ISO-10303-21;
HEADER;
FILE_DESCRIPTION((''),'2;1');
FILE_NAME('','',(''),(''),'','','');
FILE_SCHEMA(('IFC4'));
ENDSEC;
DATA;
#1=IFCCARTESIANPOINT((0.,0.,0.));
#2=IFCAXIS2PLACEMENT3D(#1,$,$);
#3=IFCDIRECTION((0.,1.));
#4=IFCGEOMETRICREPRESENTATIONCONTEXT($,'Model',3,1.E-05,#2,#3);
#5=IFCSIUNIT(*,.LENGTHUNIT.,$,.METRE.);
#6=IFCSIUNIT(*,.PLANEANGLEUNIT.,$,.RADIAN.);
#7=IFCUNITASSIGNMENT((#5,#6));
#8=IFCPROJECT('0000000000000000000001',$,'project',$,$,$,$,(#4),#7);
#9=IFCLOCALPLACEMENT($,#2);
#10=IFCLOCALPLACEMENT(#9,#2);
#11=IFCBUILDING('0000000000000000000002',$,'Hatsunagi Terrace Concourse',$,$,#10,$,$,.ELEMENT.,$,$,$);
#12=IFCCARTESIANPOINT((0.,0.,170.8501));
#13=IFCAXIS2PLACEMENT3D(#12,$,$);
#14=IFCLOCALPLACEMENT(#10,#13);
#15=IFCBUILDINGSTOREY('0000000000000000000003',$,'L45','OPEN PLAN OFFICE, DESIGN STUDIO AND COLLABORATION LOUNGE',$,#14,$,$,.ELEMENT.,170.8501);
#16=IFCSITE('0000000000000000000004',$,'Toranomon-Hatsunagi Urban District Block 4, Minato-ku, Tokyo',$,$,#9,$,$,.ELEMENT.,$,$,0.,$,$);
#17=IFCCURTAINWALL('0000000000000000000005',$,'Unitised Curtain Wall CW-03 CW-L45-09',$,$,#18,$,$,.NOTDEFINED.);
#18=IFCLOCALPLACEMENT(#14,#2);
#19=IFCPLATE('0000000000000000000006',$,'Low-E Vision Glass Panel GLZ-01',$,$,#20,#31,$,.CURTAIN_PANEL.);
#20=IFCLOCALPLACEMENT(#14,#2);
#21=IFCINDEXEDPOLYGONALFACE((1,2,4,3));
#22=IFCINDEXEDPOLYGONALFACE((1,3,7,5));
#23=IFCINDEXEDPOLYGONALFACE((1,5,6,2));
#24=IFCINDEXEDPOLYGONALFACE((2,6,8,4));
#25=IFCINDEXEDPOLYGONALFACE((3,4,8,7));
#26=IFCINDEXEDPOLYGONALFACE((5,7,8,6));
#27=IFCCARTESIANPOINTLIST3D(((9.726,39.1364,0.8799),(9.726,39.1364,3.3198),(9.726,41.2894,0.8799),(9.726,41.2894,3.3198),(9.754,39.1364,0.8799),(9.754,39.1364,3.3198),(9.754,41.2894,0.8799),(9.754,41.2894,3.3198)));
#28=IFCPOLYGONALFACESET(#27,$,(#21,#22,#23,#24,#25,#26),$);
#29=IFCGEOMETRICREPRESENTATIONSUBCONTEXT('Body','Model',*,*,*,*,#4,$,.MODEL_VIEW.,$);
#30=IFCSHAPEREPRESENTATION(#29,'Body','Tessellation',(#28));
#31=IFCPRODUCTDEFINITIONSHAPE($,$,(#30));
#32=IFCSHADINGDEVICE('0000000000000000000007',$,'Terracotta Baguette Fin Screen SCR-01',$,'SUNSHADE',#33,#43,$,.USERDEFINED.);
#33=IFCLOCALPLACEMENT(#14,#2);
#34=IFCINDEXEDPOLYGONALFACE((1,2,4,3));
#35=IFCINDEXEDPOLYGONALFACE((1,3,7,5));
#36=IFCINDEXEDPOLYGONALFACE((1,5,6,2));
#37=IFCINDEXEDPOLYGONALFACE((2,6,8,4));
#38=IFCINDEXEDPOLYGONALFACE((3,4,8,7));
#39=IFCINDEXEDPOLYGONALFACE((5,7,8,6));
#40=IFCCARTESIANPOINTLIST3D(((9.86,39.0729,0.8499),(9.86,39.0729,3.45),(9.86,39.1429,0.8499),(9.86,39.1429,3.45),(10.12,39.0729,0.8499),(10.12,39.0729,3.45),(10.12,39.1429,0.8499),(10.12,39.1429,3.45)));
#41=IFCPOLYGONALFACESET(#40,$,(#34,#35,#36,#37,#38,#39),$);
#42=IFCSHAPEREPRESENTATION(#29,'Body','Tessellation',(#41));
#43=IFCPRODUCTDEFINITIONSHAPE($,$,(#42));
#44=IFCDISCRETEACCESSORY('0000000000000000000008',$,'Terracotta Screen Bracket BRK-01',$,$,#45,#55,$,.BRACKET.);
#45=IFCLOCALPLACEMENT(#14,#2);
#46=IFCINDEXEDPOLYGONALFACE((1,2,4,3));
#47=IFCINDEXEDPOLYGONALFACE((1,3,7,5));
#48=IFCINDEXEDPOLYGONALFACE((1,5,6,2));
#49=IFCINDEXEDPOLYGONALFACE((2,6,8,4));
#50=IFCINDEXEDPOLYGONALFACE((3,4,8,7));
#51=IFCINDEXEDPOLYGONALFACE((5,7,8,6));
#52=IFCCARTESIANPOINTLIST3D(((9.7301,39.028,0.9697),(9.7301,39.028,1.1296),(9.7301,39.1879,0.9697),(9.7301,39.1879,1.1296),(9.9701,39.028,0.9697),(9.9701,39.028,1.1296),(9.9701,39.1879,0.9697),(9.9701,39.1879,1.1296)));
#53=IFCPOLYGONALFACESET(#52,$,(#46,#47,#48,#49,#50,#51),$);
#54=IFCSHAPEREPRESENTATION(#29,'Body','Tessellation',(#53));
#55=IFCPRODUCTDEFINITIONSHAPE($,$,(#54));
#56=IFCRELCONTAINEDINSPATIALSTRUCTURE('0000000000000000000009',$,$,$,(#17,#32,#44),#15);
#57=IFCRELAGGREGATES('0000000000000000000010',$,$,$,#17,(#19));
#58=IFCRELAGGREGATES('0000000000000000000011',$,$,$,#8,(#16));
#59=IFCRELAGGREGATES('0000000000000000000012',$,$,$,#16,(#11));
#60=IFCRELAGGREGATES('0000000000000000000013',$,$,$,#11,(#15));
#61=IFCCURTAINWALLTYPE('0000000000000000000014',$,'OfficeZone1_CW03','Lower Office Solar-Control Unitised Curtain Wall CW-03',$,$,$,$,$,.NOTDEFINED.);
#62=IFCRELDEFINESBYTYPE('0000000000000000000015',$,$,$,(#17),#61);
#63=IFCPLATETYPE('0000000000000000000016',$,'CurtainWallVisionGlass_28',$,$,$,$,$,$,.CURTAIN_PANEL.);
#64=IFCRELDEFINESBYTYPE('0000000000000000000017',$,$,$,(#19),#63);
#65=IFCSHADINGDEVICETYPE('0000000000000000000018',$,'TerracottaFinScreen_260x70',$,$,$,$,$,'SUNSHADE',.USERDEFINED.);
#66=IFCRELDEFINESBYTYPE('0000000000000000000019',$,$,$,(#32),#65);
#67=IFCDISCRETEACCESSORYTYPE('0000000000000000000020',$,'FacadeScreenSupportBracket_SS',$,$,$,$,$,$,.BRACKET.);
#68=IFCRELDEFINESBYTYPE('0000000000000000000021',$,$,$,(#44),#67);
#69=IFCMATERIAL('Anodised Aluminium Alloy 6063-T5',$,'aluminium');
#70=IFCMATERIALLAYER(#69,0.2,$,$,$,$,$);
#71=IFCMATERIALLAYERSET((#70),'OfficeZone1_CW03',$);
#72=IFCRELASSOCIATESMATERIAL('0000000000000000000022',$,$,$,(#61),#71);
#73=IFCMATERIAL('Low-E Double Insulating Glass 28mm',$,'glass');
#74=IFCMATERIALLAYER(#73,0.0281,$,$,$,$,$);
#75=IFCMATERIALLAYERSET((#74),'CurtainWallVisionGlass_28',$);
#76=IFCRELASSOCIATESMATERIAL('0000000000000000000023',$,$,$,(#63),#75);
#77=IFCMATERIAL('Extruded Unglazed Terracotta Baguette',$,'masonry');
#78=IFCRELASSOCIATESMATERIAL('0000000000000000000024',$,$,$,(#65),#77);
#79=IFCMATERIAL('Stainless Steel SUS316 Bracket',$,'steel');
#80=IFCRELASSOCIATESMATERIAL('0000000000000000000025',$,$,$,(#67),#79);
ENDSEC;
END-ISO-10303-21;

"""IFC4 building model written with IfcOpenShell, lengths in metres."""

from ifc_helpers import new_model, si_unit, direction, frame, origin, origin_2d, place, context, subcontext, project, spatial, rectangle, extrude, material, layer, layer_set, type_object, element, aggregate, save


model = new_model("IFC4")

# Units and contexts
model_context = context("Model", 3, precision=1e-05, world=origin(), true_north=direction((0.0, 1.0)))
body_context = subcontext(model_context, "Body", "Model", "MODEL_VIEW")
ifc_project = project(units=[si_unit("LENGTHUNIT", "METRE"), si_unit("PLANEANGLEUNIT", "RADIAN")], contexts=[model_context])

# Site, building, storey
site_placement = place(None, origin())
site = spatial("IfcSite", under=ifc_project, at=site_placement, Name="Toranomon-Hatsunagi Urban District Block 4, Minato-ku, Tokyo", CompositionType="ELEMENT", RefElevation=0.0)
building_placement = place(site_placement, origin())
building = spatial("IfcBuilding", under=site, at=building_placement, Name="Hatsunagi Terrace Concourse", CompositionType="ELEMENT")
storey_placement = place(building_placement, frame((0.0, 0.0, 170.8501)))
storey = spatial("IfcBuildingStorey", under=building, at=storey_placement, Name="L45", Description="OPEN PLAN OFFICE, DESIGN STUDIO AND COLLABORATION LOUNGE", CompositionType="ELEMENT", Elevation=170.8501)

# Curtain wall
ifc_material_1 = material(Name="Anodised Aluminium Alloy 6063-T5", Category="aluminium")
ifc_layer_1 = layer(ifc_material_1, 0.2)
ifc_layer_set_1 = layer_set([ifc_layer_1], Name="OfficeZone1_CW03")
curtain_wall_type = type_object("IfcCurtainWallType", Name="OfficeZone1_CW03", Description="Lower Office Solar-Control Unitised Curtain Wall CW-03", PredefinedType="NOTDEFINED", material=ifc_layer_set_1)
curtain_wall_placement = place(storey_placement, origin())
curtain_wall = element("IfcCurtainWall", 1, at=curtain_wall_placement, inside=storey, type_object=curtain_wall_type, Name="Unitised Curtain Wall CW-03 CW-L45-09", PredefinedType="NOTDEFINED")

# Plate
ifc_material_2 = material(Name="Low-E Double Insulating Glass 28mm", Category="glass")
ifc_layer_2 = layer(ifc_material_2, 0.0281)
ifc_layer_set_2 = layer_set([ifc_layer_2], Name="CurtainWallVisionGlass_28")
plate_type_1 = type_object("IfcPlateType", Name="CurtainWallVisionGlass_28", PredefinedType="CURTAIN_PANEL", material=ifc_layer_set_2)
plate_1_placement = place(storey_placement, frame((9.74, 40.2129, 0.8799), z_axis=(0.0, 0.0, 1.0), x_axis=(0.0, 1.0, 0.0)))
plate_1 = element("IfcPlate", 2, at=plate_1_placement, type_object=plate_type_1, Name="Low-E Vision Glass Panel GLZ-01", PredefinedType="CURTAIN_PANEL", context=body_context, shape_type="SweptSolid", body=[
    extrude(rectangle(XDim=2.1531, YDim=0.0281, at=origin_2d()), origin(), (0.0, 0.0, 1.0), 2.4399),
])
aggregate(curtain_wall, [plate_1])

# Shading device
ifc_material_3 = material(Name="Extruded Unglazed Terracotta Baguette", Category="masonry")
shading_device_type = type_object("IfcShadingDeviceType", Name="TerracottaFinScreen_260x70", ElementType="SUNSHADE", PredefinedType="USERDEFINED", material=ifc_material_3)
shading_device_placement = place(storey_placement, frame((9.99, 39.1079, 0.8499), z_axis=(0.0, 0.0, 1.0), x_axis=(0.0, 1.0, 0.0)))
element("IfcShadingDevice", 3, at=shading_device_placement, inside=storey, type_object=shading_device_type, Name="Terracotta Baguette Fin Screen SCR-01", ObjectType="SUNSHADE", PredefinedType="USERDEFINED", context=body_context, shape_type="SweptSolid", body=[
    extrude(rectangle(XDim=0.0701, YDim=0.26, at=origin_2d()), origin(), (0.0, 0.0, 1.0), 2.6001),
])

# Discrete accessory
ifc_material_4 = material(Name="Stainless Steel SUS316 Bracket", Category="steel")
discrete_accessory_type = type_object("IfcDiscreteAccessoryType", Name="FacadeScreenSupportBracket_SS", PredefinedType="BRACKET", material=ifc_material_4)
discrete_accessory_placement = place(storey_placement, frame((9.8501, 39.1079, 0.9697), z_axis=(0.0, 0.0, 1.0), x_axis=(0.0, 1.0, 0.0)))
element("IfcDiscreteAccessory", 4, at=discrete_accessory_placement, inside=storey, type_object=discrete_accessory_type, Name="Terracotta Screen Bracket BRK-01", PredefinedType="BRACKET", context=body_context, shape_type="SweptSolid", body=[
    extrude(rectangle(XDim=0.1599, YDim=0.24, at=origin_2d()), origin(), (0.0, 0.0, 1.0), 0.1599),
])

save(model, "model.ifc")
